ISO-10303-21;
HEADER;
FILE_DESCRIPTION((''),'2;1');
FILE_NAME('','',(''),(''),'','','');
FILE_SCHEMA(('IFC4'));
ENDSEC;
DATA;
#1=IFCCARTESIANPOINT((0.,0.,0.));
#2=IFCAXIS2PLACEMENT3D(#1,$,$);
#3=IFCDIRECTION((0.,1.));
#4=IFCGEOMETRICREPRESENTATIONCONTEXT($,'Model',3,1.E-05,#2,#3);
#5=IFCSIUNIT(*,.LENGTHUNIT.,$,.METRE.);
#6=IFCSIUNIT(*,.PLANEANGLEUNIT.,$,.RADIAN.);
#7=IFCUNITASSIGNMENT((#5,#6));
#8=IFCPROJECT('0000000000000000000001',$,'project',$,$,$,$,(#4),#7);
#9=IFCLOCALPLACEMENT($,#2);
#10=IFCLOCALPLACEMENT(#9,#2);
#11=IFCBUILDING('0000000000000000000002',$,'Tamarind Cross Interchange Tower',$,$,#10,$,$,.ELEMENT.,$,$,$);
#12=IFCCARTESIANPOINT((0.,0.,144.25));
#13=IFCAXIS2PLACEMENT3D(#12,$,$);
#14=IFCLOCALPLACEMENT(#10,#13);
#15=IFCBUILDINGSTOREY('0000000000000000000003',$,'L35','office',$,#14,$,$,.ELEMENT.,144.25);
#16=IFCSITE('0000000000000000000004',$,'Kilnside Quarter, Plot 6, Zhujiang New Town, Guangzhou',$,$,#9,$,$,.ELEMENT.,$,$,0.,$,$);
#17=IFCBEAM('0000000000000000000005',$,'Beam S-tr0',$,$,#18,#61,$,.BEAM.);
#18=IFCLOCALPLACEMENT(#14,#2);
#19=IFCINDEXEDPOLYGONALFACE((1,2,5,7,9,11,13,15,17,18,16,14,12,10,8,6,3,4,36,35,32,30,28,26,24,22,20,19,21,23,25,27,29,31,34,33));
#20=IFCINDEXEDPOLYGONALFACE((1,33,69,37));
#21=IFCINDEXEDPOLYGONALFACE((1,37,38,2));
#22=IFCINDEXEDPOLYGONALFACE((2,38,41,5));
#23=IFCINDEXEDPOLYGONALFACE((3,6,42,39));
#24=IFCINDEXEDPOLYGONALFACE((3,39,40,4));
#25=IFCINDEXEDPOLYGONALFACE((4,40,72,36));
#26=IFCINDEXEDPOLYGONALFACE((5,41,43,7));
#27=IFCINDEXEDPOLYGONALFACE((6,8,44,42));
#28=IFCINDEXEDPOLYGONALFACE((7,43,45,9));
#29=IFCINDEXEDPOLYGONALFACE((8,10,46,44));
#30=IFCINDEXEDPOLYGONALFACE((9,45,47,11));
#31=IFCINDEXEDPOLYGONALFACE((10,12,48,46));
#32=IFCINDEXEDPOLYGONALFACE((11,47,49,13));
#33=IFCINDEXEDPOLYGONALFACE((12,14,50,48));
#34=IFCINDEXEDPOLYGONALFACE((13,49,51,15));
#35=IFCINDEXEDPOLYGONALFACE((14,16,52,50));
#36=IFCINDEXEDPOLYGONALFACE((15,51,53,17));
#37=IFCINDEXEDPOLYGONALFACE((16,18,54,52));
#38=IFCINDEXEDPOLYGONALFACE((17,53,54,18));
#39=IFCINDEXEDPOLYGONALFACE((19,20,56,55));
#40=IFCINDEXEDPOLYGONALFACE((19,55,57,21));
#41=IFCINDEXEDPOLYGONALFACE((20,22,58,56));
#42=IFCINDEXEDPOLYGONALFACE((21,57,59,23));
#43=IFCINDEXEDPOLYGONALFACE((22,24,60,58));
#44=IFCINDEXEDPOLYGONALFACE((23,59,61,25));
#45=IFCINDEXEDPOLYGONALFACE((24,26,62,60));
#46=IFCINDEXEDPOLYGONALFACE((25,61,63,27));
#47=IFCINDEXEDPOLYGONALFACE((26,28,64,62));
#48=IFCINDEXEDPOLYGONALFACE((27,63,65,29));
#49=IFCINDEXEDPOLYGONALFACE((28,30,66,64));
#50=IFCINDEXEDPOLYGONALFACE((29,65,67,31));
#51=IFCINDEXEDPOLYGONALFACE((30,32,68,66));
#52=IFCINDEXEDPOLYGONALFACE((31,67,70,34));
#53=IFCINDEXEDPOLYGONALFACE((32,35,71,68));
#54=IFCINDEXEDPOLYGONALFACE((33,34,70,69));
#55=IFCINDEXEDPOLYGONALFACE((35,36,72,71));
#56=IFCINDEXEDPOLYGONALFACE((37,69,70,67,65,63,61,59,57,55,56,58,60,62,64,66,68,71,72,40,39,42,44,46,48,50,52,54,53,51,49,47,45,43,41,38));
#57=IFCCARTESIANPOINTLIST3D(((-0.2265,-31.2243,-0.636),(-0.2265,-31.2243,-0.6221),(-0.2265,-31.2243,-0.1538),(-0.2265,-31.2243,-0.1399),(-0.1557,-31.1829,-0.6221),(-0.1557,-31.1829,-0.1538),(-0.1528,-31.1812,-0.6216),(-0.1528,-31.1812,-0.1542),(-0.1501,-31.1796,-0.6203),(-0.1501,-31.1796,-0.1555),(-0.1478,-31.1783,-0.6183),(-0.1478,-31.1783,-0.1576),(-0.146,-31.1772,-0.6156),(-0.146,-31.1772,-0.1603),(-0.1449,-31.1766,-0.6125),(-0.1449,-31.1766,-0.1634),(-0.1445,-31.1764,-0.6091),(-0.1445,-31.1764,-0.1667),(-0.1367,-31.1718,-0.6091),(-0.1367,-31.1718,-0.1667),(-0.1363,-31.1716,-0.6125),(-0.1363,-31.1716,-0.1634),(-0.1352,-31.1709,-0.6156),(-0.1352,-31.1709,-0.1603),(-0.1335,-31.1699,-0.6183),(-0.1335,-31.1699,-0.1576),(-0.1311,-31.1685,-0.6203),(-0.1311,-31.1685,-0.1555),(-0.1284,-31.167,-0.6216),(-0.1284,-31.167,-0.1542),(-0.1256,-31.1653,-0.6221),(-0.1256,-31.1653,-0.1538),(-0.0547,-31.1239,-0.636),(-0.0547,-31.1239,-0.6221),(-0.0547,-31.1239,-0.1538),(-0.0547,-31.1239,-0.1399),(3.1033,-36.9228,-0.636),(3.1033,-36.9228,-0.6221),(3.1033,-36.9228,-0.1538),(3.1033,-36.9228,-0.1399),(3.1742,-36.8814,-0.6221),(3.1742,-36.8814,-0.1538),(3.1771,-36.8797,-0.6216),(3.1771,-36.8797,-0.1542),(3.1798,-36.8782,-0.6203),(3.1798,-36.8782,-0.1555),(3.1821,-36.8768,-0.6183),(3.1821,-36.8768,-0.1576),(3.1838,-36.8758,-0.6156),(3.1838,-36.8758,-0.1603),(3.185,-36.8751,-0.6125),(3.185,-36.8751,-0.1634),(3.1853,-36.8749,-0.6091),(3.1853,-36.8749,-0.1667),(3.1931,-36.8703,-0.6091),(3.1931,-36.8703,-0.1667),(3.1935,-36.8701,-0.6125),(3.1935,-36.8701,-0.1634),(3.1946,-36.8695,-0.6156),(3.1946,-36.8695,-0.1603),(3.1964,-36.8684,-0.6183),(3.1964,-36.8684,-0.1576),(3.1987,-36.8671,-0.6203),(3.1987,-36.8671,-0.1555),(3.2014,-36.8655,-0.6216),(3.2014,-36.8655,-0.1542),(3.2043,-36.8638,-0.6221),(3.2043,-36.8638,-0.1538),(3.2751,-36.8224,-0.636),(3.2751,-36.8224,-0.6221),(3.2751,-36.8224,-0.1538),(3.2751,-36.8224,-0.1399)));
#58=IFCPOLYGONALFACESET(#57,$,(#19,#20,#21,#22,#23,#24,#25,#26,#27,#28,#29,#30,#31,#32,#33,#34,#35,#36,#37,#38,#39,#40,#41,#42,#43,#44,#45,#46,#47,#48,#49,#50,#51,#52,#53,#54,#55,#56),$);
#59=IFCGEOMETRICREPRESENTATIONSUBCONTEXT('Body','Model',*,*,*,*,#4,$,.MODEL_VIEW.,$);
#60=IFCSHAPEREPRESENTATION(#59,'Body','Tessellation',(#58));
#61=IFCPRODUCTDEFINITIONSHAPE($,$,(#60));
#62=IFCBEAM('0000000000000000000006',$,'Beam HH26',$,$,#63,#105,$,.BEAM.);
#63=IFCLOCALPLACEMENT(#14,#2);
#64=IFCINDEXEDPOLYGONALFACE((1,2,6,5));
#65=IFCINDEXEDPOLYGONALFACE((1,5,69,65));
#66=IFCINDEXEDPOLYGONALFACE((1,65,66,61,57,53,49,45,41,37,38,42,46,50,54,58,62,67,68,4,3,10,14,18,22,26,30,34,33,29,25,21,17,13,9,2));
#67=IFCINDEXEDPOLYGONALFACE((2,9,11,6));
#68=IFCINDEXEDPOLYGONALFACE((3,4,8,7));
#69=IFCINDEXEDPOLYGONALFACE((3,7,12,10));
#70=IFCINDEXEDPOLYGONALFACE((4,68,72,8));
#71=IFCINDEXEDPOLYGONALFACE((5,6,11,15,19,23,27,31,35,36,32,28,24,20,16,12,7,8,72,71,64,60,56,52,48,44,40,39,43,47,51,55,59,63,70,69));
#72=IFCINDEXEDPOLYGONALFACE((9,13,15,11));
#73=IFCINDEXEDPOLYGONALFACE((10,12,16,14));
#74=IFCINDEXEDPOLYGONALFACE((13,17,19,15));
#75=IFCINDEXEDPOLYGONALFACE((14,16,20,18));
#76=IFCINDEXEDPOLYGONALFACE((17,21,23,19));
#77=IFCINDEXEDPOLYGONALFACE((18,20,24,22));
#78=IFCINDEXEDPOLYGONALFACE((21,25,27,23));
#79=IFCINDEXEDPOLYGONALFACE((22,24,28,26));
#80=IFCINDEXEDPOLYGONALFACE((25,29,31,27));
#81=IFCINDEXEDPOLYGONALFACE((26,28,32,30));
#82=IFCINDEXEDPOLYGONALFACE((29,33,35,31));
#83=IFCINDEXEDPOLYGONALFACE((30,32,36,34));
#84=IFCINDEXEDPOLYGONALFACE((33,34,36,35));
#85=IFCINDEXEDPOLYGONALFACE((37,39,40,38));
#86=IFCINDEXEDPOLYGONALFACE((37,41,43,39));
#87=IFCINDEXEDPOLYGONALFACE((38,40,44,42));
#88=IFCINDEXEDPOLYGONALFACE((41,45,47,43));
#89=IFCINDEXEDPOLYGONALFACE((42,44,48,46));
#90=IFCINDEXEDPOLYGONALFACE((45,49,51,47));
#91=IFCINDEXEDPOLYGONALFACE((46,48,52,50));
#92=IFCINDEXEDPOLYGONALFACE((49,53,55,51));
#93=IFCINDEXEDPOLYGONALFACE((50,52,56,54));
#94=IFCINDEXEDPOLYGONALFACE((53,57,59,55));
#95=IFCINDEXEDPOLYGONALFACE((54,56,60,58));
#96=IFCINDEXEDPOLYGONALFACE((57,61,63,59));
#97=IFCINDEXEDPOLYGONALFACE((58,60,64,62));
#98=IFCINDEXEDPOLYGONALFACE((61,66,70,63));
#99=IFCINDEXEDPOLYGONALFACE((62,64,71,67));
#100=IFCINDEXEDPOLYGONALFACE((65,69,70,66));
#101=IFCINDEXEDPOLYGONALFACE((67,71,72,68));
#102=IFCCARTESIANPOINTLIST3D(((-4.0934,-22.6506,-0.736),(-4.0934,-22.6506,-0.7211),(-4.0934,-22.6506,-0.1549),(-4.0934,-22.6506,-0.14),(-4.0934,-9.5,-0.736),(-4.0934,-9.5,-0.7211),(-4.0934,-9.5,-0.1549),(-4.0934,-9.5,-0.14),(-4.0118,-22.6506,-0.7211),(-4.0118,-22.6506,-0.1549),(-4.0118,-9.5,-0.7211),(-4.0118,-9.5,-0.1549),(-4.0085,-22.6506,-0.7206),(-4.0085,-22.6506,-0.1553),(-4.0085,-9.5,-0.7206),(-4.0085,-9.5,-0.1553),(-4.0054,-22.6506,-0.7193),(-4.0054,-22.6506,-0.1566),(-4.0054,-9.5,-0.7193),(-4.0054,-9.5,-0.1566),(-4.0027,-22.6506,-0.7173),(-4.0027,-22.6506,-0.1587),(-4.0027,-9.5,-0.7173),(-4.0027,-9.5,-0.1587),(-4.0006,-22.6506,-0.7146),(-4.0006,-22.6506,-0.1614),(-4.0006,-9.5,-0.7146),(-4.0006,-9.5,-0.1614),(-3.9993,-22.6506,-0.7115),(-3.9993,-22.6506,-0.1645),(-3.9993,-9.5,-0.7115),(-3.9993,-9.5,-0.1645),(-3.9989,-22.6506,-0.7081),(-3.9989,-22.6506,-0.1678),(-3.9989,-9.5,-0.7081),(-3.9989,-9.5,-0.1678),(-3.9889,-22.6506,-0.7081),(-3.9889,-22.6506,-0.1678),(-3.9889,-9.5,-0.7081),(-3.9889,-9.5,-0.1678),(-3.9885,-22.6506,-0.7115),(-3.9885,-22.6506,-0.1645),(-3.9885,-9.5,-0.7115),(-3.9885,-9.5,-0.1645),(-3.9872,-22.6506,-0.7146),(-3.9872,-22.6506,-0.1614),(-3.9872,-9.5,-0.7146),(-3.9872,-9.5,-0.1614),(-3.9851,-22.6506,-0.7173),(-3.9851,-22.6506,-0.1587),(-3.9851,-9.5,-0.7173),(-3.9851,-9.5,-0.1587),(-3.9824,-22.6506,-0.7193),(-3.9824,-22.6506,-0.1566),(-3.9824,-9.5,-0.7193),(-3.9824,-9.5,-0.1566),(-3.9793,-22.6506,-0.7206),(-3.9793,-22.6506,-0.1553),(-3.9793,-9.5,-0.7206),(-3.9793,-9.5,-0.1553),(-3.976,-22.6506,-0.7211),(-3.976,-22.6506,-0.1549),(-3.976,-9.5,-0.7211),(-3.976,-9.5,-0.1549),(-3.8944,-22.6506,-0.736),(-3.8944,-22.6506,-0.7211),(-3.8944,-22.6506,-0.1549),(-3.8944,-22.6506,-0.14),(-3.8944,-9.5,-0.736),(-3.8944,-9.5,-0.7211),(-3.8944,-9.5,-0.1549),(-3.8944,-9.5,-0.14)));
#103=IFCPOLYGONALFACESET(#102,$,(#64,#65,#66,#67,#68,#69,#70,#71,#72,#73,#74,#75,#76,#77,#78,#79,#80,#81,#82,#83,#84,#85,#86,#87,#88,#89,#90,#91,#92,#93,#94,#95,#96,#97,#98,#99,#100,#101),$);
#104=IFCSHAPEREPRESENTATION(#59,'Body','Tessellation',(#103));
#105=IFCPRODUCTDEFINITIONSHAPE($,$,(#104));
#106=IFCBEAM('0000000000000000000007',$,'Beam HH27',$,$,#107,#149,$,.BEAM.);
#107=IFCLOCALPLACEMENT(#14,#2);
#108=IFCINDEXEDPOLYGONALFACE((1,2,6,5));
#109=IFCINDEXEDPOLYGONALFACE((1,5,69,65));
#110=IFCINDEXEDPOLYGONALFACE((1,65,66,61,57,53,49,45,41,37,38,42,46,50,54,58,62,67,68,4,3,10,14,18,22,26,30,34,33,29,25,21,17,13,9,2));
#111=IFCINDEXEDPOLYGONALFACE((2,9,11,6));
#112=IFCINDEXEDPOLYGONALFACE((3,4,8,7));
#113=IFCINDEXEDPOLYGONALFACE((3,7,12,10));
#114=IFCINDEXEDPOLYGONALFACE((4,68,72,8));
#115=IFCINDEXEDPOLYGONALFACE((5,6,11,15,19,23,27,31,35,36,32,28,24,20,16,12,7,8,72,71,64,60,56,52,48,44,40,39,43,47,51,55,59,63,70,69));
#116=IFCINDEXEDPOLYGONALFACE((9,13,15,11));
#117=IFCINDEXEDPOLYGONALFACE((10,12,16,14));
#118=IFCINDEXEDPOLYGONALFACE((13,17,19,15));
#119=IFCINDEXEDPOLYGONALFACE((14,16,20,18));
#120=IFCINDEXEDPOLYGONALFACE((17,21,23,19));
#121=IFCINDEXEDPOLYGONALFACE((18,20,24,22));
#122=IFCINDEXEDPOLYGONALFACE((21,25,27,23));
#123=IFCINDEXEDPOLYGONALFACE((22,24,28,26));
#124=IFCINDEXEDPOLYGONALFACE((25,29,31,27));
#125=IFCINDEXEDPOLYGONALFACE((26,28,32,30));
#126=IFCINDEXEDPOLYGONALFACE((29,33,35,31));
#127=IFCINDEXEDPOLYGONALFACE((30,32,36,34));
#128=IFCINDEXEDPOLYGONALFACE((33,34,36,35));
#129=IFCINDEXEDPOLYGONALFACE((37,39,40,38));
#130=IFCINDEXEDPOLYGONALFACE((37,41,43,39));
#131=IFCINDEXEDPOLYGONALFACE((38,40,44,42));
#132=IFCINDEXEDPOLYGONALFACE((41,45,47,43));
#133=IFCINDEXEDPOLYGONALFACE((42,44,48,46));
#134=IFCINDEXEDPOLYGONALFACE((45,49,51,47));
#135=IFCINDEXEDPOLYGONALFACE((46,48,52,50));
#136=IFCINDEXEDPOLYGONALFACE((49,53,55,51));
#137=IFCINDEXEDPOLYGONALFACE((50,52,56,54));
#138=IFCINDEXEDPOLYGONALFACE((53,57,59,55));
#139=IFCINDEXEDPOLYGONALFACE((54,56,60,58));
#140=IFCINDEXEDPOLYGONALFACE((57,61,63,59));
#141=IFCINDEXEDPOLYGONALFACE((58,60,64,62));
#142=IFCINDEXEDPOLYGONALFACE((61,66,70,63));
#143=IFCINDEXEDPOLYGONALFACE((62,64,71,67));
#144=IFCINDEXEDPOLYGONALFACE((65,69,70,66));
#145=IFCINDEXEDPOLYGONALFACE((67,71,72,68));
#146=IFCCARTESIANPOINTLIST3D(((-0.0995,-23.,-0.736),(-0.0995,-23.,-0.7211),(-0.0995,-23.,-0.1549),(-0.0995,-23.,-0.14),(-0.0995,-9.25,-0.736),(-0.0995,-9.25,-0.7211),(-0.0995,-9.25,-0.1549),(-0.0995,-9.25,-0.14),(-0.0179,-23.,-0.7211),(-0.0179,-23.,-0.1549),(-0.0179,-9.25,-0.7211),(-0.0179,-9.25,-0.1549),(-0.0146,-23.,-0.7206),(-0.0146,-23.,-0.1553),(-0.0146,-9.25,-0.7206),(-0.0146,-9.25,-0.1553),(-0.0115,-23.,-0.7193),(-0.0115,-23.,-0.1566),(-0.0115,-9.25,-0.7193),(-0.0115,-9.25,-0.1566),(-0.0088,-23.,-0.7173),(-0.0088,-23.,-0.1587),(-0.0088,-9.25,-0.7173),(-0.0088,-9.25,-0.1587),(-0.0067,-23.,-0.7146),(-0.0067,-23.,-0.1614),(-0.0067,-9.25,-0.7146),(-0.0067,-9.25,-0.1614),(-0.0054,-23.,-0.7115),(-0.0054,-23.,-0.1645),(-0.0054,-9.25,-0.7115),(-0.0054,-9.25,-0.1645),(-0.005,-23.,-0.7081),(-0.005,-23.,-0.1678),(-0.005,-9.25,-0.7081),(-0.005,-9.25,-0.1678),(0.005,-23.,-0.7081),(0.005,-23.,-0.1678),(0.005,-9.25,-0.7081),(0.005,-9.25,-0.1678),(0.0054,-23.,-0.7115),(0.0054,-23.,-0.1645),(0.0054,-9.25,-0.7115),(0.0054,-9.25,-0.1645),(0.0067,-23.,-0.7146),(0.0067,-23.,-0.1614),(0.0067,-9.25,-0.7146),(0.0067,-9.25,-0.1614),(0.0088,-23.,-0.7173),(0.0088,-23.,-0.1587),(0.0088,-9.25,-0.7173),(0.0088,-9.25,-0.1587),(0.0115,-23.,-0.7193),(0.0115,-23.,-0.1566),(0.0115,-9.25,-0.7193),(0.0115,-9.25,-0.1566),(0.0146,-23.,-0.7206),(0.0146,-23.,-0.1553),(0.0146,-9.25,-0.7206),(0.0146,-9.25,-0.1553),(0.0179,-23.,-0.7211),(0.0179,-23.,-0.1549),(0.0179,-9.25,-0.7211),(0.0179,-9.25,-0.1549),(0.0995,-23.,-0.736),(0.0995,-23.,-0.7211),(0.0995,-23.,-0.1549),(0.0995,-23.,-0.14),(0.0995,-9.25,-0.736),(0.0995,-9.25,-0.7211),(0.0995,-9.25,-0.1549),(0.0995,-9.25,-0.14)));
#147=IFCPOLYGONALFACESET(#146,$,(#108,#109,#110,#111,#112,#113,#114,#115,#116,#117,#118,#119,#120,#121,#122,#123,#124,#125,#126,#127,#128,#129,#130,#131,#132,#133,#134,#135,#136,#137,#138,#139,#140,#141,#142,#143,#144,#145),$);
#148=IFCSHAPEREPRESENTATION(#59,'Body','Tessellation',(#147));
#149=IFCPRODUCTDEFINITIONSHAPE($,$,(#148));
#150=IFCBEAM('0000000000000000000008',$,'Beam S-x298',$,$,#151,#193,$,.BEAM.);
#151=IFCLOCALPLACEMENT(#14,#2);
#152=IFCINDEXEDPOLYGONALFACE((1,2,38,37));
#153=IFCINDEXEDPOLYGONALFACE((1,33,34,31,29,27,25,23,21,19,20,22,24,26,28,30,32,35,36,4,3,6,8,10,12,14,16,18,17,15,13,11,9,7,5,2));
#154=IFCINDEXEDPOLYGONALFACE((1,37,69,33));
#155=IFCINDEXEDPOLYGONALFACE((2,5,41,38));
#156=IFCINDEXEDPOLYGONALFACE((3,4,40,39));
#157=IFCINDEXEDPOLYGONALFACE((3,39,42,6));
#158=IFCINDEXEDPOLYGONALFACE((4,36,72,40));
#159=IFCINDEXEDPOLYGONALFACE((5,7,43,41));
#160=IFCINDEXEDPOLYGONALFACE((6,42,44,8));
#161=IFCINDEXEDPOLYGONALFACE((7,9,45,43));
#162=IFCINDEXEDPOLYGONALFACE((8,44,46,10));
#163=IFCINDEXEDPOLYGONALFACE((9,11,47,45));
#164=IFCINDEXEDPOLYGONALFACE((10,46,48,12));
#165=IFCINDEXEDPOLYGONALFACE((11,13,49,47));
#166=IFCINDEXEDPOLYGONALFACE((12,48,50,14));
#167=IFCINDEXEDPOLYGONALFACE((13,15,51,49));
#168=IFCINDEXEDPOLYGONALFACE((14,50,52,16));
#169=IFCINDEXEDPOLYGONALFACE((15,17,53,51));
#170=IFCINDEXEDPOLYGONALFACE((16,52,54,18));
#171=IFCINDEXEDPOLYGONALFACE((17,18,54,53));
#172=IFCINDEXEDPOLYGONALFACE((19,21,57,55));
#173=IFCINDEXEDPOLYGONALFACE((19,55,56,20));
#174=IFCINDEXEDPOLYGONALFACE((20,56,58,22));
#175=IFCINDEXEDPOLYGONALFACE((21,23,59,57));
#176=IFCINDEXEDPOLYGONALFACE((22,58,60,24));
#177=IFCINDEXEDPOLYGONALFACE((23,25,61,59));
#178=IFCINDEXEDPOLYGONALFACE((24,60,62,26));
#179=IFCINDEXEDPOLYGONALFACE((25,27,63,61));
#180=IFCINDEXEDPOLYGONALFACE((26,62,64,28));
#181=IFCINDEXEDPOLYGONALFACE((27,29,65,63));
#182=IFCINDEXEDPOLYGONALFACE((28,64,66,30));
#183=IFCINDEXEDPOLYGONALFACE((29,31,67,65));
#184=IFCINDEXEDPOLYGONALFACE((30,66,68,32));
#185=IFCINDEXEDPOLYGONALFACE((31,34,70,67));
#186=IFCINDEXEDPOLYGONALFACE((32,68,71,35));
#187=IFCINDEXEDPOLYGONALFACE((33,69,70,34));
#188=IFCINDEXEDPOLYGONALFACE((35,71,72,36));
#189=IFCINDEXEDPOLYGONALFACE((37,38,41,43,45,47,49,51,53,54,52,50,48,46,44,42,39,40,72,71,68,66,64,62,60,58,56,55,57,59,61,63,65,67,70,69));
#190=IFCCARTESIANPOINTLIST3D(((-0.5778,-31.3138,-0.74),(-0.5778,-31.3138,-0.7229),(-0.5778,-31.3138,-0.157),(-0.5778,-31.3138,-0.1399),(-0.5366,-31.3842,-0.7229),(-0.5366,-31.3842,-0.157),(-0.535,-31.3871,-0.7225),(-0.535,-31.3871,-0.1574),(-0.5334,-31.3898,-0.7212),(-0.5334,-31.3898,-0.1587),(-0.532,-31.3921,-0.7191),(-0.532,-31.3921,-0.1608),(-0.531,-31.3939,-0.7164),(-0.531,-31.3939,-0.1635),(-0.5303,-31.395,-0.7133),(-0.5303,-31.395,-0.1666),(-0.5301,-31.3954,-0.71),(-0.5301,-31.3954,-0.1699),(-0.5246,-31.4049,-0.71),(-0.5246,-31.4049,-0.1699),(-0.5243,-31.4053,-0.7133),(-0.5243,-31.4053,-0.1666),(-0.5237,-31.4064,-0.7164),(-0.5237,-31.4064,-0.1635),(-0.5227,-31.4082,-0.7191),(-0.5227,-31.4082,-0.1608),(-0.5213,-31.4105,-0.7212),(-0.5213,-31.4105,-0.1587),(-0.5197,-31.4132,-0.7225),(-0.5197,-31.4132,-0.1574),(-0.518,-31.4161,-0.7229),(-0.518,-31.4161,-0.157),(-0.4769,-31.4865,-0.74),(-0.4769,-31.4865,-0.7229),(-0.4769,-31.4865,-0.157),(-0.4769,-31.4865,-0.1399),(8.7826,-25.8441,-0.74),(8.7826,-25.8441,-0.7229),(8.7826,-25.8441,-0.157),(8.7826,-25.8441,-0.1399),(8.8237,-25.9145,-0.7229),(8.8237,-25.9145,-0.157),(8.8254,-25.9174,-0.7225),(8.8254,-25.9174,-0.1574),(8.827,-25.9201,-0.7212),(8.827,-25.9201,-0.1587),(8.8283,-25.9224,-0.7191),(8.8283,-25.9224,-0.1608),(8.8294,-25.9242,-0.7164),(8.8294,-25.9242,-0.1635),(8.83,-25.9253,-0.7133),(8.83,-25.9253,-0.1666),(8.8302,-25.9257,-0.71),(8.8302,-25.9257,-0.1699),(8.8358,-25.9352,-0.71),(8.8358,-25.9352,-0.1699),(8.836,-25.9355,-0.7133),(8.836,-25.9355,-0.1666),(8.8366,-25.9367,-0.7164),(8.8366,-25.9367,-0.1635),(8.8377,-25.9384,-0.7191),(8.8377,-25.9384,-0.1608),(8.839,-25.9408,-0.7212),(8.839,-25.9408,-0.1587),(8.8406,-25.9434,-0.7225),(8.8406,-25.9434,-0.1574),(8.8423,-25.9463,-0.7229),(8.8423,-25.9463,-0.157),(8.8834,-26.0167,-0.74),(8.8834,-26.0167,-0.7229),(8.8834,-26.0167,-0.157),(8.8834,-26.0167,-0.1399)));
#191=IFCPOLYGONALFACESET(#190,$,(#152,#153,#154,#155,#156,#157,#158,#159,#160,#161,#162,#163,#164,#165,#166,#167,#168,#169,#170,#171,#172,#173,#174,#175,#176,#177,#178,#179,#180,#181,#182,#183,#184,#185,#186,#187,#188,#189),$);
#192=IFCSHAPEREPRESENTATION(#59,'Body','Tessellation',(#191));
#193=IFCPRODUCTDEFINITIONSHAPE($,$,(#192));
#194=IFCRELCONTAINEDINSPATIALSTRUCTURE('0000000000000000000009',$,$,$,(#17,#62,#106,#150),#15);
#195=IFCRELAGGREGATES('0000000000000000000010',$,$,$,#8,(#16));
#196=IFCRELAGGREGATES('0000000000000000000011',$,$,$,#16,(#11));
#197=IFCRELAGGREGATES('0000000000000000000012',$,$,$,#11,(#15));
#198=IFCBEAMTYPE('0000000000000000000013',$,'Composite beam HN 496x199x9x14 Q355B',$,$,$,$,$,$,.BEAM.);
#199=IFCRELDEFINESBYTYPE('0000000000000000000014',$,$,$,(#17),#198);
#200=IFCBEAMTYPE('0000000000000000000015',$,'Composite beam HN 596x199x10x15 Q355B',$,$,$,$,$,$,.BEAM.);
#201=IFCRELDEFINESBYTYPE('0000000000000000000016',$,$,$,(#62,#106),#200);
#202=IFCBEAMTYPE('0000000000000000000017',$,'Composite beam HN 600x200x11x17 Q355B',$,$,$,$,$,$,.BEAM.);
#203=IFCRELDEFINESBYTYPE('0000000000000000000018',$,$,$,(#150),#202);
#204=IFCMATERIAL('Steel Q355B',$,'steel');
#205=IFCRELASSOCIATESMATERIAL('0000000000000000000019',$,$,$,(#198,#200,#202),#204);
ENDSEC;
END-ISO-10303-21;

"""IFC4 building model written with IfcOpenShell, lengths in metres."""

from ifc_helpers import new_model, si_unit, direction, frame, origin, origin_2d, place, context, subcontext, project, spatial, i_section, extrude, material, material_profile, profile_set, type_object, element, save


model = new_model("IFC4")

# Units and contexts
model_context = context("Model", 3, precision=1e-05, world=origin(), true_north=direction((0.0, 1.0)))
body_context = subcontext(model_context, "Body", "Model", "MODEL_VIEW")
ifc_project = project(units=[si_unit("LENGTHUNIT", "METRE"), si_unit("PLANEANGLEUNIT", "RADIAN")], contexts=[model_context])

# Site, building, storey
site_placement = place(None, origin())
site = spatial("IfcSite", under=ifc_project, at=site_placement, Name="Kilnside Quarter, Plot 6, Zhujiang New Town, Guangzhou", CompositionType="ELEMENT", RefElevation=0.0)
building_placement = place(site_placement, origin())
building = spatial("IfcBuilding", under=site, at=building_placement, Name="Tamarind Cross Interchange Tower", CompositionType="ELEMENT")
storey_placement = place(building_placement, frame((0.0, 0.0, 144.25)))
storey = spatial("IfcBuildingStorey", under=building, at=storey_placement, Name="L35", Description="office", CompositionType="ELEMENT", Elevation=144.25)

# Beams
ifc_material_1 = material(Name="Steel Q355B", Category="steel")
ifc_material_profile_1 = material_profile(ifc_material_1, i_section(OverallWidth=0.199, OverallDepth=0.4961, WebThickness=0.009, FlangeThickness=0.0139, FilletRadius=0.0129, at=origin_2d()), Name="HN 496x199x9x14")
ifc_profile_set_1 = profile_set([ifc_material_profile_1], Name="Steel Q355B")
beam_type_1 = type_object("IfcBeamType", Name="Composite beam HN 496x199x9x14 Q355B", PredefinedType="BEAM", material=ifc_profile_set_1)
beam_1_placement = place(storey_placement, frame((-0.1406, -31.1741, -0.3879), z_axis=(0.504517, -0.863402, 0.0), x_axis=(0.863402, 0.504517, 0.0)))
element("IfcBeam", 1, at=beam_1_placement, inside=storey, type_object=beam_type_1, Name="Beam S-tr0", PredefinedType="BEAM", context=body_context, shape_type="SweptSolid", body=[
    extrude(i_section(OverallWidth=0.199, OverallDepth=0.4961, WebThickness=0.009, FlangeThickness=0.0139, FilletRadius=0.0129, at=origin_2d()), origin(), (0.0, 0.0, 1.0), 6.6001),
])
ifc_material_profile_2 = material_profile(ifc_material_1, i_section(OverallWidth=0.199, OverallDepth=0.5959, WebThickness=0.01, FlangeThickness=0.0149, FilletRadius=0.0129, at=origin_2d()), Name="HN 596x199x10x15")
ifc_profile_set_2 = profile_set([ifc_material_profile_2], Name="Steel Q355B")
beam_type_2 = type_object("IfcBeamType", Name="Composite beam HN 596x199x10x15 Q355B", PredefinedType="BEAM", material=ifc_profile_set_2)
beam_2_placement = place(storey_placement, frame((-3.9939, -22.6506, -0.438), z_axis=(0.0, 1.0, 0.0), x_axis=(-1.0, 0.0, 0.0)))
element("IfcBeam", 2, at=beam_2_placement, inside=storey, type_object=beam_type_2, Name="Beam HH26", PredefinedType="BEAM", context=body_context, shape_type="SweptSolid", body=[
    extrude(i_section(OverallWidth=0.199, OverallDepth=0.5959, WebThickness=0.01, FlangeThickness=0.0149, FilletRadius=0.0129, at=origin_2d()), origin(), (0.0, 0.0, 1.0), 13.1506),
])
beam_3_placement = place(storey_placement, frame((0.0, -23.0, -0.438), z_axis=(0.0, 1.0, 0.0), x_axis=(-1.0, 0.0, 0.0)))
element("IfcBeam", 3, at=beam_3_placement, inside=storey, type_object=beam_type_2, Name="Beam HH27", PredefinedType="BEAM", context=body_context, shape_type="SweptSolid", body=[
    extrude(i_section(OverallWidth=0.199, OverallDepth=0.5959, WebThickness=0.01, FlangeThickness=0.0149, FilletRadius=0.0129, at=origin_2d()), origin(), (0.0, 0.0, 1.0), 13.75),
])
ifc_material_profile_3 = material_profile(ifc_material_1, i_section(OverallWidth=0.2, OverallDepth=0.6001, WebThickness=0.011, FlangeThickness=0.0171, FilletRadius=0.0129, at=origin_2d()), Name="HN 600x200x11x17")
ifc_profile_set_3 = profile_set([ifc_material_profile_3], Name="Steel Q355B")
beam_type_3 = type_object("IfcBeamType", Name="Composite beam HN 600x200x11x17 Q355B", PredefinedType="BEAM", material=ifc_profile_set_3)
beam_4_placement = place(storey_placement, frame((-0.5273, -31.4001, -0.4399), z_axis=(0.863396, 0.504526, 0.0), x_axis=(-0.504526, 0.863396, 0.0)))
element("IfcBeam", 4, at=beam_4_placement, inside=storey, type_object=beam_type_3, Name="Beam S-x298", PredefinedType="BEAM", context=body_context, shape_type="SweptSolid", body=[
    extrude(i_section(OverallWidth=0.2, OverallDepth=0.6001, WebThickness=0.011, FlangeThickness=0.0171, FilletRadius=0.0129, at=origin_2d()), origin(), (0.0, 0.0, 1.0), 10.8413),
])

save(model, "model.ifc")
